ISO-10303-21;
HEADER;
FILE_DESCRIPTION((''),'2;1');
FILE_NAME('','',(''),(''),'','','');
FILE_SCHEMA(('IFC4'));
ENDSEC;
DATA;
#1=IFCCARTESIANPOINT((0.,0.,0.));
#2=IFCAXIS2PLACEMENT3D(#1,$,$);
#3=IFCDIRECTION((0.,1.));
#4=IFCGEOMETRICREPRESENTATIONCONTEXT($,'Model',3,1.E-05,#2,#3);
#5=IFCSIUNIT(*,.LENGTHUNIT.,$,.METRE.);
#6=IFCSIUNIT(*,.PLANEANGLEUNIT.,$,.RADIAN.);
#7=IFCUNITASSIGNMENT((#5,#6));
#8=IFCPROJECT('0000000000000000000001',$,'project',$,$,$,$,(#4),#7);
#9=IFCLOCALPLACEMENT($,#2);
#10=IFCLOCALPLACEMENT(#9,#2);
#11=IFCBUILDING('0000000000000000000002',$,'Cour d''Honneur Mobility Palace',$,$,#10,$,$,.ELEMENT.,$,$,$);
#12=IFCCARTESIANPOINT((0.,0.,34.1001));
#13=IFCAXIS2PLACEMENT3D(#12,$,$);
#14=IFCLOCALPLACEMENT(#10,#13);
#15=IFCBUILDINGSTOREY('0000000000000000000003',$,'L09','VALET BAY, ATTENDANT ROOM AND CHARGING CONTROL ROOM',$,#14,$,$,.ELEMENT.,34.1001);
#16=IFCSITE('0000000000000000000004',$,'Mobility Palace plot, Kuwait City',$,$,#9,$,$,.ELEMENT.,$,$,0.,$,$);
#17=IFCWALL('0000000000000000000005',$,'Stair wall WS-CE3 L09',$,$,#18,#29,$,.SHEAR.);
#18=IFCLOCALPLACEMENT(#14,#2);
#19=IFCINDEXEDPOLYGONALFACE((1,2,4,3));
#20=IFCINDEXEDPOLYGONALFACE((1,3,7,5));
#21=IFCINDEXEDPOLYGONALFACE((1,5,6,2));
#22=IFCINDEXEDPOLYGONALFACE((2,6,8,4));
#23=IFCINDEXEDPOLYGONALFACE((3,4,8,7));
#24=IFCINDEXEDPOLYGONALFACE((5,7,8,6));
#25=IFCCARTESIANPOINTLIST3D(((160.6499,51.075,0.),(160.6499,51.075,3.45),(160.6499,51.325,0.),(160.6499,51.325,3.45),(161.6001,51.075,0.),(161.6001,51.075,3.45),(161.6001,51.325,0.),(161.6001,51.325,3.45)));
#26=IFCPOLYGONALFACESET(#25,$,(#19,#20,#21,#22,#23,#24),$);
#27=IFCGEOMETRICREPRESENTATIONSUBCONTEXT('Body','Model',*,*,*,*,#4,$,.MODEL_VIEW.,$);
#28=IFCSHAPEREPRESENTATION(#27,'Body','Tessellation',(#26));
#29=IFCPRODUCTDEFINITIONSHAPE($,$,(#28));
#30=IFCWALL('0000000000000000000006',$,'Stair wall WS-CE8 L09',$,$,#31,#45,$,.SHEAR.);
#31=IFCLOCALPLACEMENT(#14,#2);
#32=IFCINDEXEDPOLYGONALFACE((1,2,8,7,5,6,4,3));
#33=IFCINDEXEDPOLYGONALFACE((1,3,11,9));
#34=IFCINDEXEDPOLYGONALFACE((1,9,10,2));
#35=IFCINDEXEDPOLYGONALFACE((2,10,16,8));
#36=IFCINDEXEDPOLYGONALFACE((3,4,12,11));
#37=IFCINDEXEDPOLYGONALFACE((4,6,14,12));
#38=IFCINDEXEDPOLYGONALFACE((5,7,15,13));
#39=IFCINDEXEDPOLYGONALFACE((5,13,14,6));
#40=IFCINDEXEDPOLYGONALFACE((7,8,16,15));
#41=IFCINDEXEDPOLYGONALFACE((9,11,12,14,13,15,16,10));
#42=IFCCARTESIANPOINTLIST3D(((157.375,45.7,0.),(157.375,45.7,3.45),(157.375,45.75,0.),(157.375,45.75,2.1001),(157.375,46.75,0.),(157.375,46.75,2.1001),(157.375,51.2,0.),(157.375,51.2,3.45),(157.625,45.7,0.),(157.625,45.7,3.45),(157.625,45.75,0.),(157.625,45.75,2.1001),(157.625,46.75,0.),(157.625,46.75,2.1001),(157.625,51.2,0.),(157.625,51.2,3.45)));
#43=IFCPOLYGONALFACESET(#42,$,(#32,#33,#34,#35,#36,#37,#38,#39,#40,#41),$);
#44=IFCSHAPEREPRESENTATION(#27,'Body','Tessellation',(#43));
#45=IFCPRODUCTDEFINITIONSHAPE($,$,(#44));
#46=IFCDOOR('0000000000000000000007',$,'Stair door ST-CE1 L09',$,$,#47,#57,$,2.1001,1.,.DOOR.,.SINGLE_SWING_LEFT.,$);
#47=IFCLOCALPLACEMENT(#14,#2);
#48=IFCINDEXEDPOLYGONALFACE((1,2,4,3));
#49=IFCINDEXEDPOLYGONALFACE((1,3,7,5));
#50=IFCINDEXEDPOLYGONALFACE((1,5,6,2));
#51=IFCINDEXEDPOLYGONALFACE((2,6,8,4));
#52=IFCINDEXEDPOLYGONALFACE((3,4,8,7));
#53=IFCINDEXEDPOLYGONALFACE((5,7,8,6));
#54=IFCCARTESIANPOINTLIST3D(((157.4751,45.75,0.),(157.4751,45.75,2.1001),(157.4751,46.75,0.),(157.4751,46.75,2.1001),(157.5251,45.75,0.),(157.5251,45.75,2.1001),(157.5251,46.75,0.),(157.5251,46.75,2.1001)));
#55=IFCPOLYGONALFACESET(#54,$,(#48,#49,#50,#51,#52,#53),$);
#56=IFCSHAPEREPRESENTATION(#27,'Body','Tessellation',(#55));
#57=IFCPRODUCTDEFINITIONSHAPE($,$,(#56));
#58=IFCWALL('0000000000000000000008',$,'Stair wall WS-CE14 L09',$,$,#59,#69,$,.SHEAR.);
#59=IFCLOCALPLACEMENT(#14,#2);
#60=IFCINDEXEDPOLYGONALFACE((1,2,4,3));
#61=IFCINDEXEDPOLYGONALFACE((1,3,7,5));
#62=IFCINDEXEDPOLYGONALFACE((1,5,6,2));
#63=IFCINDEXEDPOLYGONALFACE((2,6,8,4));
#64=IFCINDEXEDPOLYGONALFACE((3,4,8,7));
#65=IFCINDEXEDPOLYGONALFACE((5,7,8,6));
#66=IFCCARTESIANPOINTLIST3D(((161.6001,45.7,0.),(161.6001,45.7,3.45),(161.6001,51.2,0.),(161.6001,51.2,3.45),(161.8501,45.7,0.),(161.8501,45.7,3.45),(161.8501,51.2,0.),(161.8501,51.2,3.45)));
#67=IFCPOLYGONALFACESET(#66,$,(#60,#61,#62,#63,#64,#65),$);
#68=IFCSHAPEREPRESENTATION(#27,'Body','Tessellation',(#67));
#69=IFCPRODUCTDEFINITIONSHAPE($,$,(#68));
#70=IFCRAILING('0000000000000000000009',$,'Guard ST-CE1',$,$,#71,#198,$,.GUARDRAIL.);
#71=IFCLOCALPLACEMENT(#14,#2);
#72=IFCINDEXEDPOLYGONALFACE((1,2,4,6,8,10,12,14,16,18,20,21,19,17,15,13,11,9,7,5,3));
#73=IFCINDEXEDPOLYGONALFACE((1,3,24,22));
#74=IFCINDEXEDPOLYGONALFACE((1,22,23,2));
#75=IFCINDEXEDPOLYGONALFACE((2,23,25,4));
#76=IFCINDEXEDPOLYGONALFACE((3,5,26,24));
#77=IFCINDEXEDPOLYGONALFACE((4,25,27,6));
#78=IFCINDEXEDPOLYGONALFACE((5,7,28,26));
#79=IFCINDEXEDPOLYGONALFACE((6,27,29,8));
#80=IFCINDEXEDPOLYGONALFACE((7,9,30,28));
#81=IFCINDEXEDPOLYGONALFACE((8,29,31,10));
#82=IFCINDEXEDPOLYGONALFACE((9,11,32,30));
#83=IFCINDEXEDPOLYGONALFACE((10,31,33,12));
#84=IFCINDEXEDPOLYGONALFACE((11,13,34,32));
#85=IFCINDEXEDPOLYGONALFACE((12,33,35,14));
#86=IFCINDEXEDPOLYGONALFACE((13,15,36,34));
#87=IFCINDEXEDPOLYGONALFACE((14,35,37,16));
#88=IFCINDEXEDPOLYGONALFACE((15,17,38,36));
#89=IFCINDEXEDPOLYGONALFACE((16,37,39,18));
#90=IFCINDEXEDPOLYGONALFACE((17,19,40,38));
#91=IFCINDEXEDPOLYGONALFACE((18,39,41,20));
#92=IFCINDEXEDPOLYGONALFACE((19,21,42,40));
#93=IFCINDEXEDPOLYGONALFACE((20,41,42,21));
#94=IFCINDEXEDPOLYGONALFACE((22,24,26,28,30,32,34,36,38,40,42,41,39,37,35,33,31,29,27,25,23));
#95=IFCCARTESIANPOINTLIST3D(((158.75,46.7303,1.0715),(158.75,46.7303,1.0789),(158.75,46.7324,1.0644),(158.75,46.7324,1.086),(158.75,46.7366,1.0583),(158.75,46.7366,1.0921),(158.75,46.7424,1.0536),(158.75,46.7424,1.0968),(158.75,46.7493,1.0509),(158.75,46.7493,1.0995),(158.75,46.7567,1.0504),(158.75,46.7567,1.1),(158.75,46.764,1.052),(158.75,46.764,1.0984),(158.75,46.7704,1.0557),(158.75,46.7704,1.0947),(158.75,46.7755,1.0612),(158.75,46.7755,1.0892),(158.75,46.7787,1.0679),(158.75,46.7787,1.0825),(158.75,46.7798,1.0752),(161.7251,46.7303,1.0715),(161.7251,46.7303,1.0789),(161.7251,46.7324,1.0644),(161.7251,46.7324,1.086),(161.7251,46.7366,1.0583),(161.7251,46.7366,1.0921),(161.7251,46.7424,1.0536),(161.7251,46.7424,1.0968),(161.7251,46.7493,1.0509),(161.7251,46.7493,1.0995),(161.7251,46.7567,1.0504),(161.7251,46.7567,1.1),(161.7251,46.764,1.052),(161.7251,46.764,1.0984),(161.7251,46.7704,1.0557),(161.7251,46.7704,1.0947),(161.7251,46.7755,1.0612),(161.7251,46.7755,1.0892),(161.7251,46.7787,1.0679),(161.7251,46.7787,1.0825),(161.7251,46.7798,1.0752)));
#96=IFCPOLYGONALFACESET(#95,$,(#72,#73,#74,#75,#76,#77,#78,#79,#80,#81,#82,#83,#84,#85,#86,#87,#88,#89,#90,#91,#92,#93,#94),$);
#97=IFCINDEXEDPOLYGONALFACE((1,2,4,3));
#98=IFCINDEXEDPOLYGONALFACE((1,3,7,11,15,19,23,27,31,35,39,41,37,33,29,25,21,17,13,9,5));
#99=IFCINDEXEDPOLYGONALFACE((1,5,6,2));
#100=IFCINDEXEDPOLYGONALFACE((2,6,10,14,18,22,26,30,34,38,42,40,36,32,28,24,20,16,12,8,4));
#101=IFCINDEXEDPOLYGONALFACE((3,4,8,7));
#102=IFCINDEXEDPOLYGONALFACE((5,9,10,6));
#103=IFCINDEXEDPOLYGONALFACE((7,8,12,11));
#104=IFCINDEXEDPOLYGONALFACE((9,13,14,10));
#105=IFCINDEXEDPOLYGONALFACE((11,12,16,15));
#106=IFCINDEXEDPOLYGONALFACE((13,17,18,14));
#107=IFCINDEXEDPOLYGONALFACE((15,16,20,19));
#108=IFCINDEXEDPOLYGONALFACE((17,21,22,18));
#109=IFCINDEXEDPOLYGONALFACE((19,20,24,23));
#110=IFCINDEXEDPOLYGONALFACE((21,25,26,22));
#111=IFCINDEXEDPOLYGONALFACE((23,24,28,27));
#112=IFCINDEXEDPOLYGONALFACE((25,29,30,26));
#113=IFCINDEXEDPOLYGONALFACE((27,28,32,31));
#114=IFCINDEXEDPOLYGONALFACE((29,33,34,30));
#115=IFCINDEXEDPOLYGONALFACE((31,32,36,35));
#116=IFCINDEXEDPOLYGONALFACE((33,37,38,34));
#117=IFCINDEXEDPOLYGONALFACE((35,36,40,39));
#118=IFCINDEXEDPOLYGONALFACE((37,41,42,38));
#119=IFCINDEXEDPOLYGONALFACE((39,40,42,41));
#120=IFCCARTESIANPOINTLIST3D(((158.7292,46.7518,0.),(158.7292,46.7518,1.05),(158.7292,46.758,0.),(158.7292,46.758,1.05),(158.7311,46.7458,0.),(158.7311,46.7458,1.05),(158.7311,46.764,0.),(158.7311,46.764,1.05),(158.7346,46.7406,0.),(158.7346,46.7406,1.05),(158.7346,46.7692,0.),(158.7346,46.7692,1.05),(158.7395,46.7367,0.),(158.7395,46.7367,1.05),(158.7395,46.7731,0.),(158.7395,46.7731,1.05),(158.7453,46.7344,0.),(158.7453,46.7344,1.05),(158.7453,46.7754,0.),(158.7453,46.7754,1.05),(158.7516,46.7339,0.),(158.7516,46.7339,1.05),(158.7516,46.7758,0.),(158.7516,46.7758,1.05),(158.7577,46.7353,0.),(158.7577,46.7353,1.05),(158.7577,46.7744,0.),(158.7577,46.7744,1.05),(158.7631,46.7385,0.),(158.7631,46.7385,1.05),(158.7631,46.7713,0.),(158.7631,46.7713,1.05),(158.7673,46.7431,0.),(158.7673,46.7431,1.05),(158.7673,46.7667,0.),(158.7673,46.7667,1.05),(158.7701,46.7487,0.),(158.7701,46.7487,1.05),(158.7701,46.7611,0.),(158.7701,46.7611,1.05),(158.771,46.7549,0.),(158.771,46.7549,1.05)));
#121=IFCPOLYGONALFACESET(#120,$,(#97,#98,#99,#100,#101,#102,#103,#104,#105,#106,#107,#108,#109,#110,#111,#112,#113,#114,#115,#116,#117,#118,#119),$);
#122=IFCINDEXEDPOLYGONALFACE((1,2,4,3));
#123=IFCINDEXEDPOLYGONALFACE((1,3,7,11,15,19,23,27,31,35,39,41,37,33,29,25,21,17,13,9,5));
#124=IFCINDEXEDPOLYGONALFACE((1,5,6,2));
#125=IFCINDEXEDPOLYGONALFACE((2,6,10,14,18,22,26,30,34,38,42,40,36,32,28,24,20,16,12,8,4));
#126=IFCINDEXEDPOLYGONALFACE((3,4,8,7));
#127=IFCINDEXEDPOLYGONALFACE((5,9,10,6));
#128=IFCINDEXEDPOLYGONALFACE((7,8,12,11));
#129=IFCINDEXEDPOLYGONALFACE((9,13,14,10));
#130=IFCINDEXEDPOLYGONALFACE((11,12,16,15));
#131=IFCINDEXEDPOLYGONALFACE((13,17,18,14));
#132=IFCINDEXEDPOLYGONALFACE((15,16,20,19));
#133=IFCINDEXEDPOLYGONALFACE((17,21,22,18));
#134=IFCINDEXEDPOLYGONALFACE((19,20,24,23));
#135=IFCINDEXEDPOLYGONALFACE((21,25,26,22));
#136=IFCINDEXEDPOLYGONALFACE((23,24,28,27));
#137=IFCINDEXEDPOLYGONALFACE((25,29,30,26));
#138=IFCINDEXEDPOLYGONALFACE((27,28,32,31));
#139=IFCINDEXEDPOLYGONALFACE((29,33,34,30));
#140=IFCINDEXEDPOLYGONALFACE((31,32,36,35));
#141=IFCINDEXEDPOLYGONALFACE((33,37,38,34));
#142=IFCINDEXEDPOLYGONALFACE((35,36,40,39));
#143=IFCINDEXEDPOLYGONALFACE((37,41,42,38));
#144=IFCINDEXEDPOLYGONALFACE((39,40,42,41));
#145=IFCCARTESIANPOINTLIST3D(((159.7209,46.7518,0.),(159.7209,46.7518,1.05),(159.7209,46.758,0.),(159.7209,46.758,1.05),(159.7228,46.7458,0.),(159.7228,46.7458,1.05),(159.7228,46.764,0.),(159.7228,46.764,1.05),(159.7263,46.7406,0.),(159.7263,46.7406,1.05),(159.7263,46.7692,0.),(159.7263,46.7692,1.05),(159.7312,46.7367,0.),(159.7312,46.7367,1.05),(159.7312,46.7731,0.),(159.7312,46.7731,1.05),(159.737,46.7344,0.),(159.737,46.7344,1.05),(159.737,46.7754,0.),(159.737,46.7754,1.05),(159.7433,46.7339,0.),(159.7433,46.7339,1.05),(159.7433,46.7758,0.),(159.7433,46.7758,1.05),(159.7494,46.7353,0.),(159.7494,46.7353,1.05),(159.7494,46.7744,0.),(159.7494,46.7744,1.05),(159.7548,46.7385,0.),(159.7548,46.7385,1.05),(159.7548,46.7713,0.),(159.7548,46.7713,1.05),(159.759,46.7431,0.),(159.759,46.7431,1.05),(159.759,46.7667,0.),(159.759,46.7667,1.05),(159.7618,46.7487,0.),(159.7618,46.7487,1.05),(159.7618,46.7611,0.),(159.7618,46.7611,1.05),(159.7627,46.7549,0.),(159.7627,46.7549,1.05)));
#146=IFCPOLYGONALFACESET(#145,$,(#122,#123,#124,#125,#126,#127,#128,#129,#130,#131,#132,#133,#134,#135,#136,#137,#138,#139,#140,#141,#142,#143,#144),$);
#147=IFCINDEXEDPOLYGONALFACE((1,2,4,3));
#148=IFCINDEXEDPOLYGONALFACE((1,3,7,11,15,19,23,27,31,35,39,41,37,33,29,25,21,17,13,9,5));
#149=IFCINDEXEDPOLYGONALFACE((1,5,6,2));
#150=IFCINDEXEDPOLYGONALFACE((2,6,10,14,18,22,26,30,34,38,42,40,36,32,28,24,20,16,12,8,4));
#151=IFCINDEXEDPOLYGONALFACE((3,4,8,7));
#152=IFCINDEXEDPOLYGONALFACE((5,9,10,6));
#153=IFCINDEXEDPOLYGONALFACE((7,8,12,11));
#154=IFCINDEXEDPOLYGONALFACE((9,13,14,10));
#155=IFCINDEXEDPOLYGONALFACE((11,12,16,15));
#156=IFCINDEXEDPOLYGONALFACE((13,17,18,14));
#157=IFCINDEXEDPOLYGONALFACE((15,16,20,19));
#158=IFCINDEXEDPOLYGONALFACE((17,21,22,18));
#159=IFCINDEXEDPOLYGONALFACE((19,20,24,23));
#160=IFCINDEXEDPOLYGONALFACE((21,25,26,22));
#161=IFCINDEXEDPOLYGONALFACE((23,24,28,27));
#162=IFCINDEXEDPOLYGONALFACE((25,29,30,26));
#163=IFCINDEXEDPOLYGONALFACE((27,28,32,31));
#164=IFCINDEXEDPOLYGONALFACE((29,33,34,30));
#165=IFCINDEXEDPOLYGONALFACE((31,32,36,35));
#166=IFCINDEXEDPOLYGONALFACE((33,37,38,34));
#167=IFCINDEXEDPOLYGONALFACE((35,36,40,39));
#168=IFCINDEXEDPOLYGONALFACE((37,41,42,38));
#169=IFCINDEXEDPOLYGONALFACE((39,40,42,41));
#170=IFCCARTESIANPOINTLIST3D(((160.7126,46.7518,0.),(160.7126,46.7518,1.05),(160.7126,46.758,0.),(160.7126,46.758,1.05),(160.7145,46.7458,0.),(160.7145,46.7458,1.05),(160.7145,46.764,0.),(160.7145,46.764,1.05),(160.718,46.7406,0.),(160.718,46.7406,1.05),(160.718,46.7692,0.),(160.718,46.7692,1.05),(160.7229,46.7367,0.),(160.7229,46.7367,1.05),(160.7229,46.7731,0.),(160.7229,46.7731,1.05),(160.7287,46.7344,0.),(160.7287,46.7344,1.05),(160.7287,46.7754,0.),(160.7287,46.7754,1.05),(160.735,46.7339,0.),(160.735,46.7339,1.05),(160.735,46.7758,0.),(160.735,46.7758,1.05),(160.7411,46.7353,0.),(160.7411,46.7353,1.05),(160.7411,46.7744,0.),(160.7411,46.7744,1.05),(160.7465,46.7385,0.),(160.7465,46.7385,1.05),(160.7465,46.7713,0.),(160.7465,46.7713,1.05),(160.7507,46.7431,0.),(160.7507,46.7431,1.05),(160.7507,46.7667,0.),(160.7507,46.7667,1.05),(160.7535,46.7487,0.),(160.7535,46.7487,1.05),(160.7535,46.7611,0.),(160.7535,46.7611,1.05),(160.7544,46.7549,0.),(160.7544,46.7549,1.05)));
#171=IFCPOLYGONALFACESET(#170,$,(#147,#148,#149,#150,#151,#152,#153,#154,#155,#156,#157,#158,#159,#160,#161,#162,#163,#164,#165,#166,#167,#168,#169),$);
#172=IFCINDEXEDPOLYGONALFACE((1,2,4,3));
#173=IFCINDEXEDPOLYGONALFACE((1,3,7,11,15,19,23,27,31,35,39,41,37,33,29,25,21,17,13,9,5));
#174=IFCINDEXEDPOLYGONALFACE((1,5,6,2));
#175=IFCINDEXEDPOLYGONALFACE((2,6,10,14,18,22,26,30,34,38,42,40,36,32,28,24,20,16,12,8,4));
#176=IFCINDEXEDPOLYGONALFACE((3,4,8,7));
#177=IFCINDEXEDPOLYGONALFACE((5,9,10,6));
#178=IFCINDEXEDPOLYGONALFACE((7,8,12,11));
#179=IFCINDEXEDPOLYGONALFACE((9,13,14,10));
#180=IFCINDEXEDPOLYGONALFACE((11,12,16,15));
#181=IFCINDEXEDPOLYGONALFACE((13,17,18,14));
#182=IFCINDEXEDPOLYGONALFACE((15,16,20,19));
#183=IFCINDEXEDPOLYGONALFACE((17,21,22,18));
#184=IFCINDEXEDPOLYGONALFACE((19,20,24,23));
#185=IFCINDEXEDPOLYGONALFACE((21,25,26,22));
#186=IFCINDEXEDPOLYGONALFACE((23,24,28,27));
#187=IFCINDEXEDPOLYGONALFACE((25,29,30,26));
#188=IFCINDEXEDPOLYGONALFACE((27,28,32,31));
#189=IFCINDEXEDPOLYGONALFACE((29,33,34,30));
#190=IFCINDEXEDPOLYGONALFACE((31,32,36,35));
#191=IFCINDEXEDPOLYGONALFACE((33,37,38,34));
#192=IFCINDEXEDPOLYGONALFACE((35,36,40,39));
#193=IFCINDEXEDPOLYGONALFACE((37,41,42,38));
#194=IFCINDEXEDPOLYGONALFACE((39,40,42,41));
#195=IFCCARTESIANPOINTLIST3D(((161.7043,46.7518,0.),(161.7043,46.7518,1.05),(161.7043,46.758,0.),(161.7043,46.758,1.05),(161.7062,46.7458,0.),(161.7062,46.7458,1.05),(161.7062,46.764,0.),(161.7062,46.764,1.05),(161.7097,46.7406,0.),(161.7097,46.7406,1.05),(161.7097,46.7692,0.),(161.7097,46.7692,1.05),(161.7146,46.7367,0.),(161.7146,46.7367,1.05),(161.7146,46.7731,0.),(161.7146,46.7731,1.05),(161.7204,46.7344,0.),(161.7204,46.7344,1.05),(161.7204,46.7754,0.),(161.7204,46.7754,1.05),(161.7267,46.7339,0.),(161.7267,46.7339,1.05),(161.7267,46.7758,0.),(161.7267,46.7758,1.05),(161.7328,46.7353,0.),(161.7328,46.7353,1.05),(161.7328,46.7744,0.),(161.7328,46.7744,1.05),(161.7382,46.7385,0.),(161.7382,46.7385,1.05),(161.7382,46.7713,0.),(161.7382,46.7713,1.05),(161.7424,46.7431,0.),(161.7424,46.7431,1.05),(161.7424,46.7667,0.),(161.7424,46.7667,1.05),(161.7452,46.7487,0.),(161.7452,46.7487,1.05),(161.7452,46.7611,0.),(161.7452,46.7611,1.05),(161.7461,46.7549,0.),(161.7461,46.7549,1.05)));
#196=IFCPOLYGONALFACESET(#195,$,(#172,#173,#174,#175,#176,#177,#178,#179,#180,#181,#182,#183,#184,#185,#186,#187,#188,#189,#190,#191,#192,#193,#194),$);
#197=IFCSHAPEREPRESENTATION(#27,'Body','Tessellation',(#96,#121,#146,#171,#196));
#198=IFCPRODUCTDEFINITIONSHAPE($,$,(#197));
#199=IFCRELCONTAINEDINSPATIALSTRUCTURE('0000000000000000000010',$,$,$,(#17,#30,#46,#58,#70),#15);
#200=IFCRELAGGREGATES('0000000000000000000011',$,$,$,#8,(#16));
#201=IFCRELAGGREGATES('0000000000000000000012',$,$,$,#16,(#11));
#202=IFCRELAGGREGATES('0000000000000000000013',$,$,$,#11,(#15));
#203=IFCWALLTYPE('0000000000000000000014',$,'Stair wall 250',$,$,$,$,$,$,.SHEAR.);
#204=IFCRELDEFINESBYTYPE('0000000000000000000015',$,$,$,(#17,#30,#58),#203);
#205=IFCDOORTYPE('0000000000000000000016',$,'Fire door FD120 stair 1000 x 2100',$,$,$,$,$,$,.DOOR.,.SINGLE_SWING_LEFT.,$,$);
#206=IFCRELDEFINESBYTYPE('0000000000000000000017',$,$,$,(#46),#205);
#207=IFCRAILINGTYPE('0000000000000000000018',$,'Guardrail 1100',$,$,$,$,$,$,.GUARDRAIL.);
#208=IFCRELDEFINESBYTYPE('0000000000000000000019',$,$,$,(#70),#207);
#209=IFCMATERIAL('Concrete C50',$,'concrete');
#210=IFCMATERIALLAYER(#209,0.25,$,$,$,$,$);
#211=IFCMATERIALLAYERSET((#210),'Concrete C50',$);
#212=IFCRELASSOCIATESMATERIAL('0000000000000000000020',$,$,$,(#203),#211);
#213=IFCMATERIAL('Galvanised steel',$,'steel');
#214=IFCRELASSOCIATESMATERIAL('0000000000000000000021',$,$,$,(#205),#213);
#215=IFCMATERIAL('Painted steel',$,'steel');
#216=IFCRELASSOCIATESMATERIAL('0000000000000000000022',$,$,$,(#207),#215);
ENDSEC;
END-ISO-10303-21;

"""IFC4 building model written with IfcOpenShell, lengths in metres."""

from ifc_helpers import new_model, si_unit, direction, frame, frame_2d, origin, origin_2d, place, context, subcontext, project, spatial, rectangle, circle, extrude, material, layer, layer_set, type_object, element, fill, save


model = new_model("IFC4")

# Units and contexts
model_context = context("Model", 3, precision=1e-05, world=origin(), true_north=direction((0.0, 1.0)))
body_context = subcontext(model_context, "Body", "Model", "MODEL_VIEW")
ifc_project = project(units=[si_unit("LENGTHUNIT", "METRE"), si_unit("PLANEANGLEUNIT", "RADIAN")], contexts=[model_context])

# Site, building, storey
site_placement = place(None, origin())
site = spatial("IfcSite", under=ifc_project, at=site_placement, Name="Mobility Palace plot, Kuwait City", CompositionType="ELEMENT", RefElevation=0.0)
building_placement = place(site_placement, origin())
building = spatial("IfcBuilding", under=site, at=building_placement, Name="Cour d'Honneur Mobility Palace", CompositionType="ELEMENT")
storey_placement = place(building_placement, frame((0.0, 0.0, 34.1001)))
storey = spatial("IfcBuildingStorey", under=building, at=storey_placement, Name="L09", Description="VALET BAY, ATTENDANT ROOM AND CHARGING CONTROL ROOM", CompositionType="ELEMENT", Elevation=34.1001)

# Wall
ifc_material_1 = material(Name="Concrete C50", Category="concrete")
ifc_layer_1 = layer(ifc_material_1, 0.25)
ifc_layer_set_1 = layer_set([ifc_layer_1], Name="Concrete C50")
wall_type_1 = type_object("IfcWallType", Name="Stair wall 250", PredefinedType="SHEAR", material=ifc_layer_set_1)
wall_1_placement = place(storey_placement, frame((160.6499, 51.2, 0.0), z_axis=(0.0, 0.0, 1.0), x_axis=(1.0, 0.0, 0.0)))
element("IfcWall", 1, at=wall_1_placement, inside=storey, type_object=wall_type_1, Name="Stair wall WS-CE3 L09", PredefinedType="SHEAR", context=body_context, shape_type="SweptSolid", body=[
    extrude(rectangle(XDim=0.9502, YDim=0.25, at=frame_2d((0.4751, 0.0))), origin(), (0.0, 0.0, 1.0), 3.45),
])

# Wall, opening, door
wall_2_placement = place(storey_placement, frame((157.5, 45.7, 0.0), z_axis=(0.0, 0.0, 1.0), x_axis=(0.0, 1.0, 0.0)))
wall_2 = element("IfcWall", 2, at=wall_2_placement, inside=storey, type_object=wall_type_1, Name="Stair wall WS-CE8 L09", PredefinedType="SHEAR", context=body_context, shape_type="SweptSolid", body=[
    extrude(rectangle(XDim=5.5, YDim=0.25, at=frame_2d((2.75, 0.0))), origin(), (0.0, 0.0, 1.0), 3.45),
])
opening_1_placement = place(wall_2_placement, frame((0.05, 0.0, 0.0)))
opening_1 = element("IfcOpeningElement", 3, at=opening_1_placement, cuts=wall_2, PredefinedType="OPENING", context=body_context, shape_type="SweptSolid", body=[
    extrude(rectangle(XDim=1.0, YDim=2.1001, at=frame_2d((0.5, 1.05))), frame((0.0, 0.135, 0.0), z_axis=(0.0, -1.0, 0.0), x_axis=(1.0, 0.0, 0.0)), (0.0, 0.0, 1.0), 0.27),
])
ifc_material_2 = material(Name="Galvanised steel", Category="steel")
door_type_1 = type_object("IfcDoorType", Name="Fire door FD120 stair 1000 x 2100", OperationType="SINGLE_SWING_LEFT", PredefinedType="DOOR", material=ifc_material_2)
door_1_placement = place(opening_1_placement, origin())
door_1 = element("IfcDoor", 4, at=door_1_placement, inside=storey, type_object=door_type_1, Name="Stair door ST-CE1 L09", OperationType="SINGLE_SWING_LEFT", OverallHeight=2.1001, OverallWidth=1.0, PredefinedType="DOOR", context=body_context, shape_type="SweptSolid", body=[
    extrude(rectangle(XDim=1.0, YDim=2.1001, at=frame_2d((0.5, 1.05))), frame((0.0, 0.0249, 0.0), z_axis=(0.0, -1.0, 0.0), x_axis=(1.0, 0.0, 0.0)), (0.0, 0.0, 1.0), 0.05),
])
fill(opening_1, door_1)

# Wall
wall_3_placement = place(storey_placement, frame((161.7251, 45.7, 0.0), z_axis=(0.0, 0.0, 1.0), x_axis=(0.0, 1.0, 0.0)))
element("IfcWall", 5, at=wall_3_placement, inside=storey, type_object=wall_type_1, Name="Stair wall WS-CE14 L09", PredefinedType="SHEAR", context=body_context, shape_type="SweptSolid", body=[
    extrude(rectangle(XDim=5.5, YDim=0.25, at=frame_2d((2.75, 0.0))), origin(), (0.0, 0.0, 1.0), 3.45),
])

# Railing
ifc_material_3 = material(Name="Painted steel", Category="steel")
railing_type = type_object("IfcRailingType", Name="Guardrail 1100", PredefinedType="GUARDRAIL", material=ifc_material_3)
railing_placement = place(storey_placement, frame((158.75, 46.7549, 0.0)))
element("IfcRailing", 6, at=railing_placement, inside=storey, type_object=railing_type, Name="Guard ST-CE1", PredefinedType="GUARDRAIL", context=body_context, shape_type="SweptSolid", body=[
    extrude(circle(Radius=0.0249, at=origin_2d()), frame((0.0, 0.0, 1.0752), z_axis=(1.0, 0.0, 0.0), x_axis=(0.0, 1.0, 0.0)), (0.0, 0.0, 1.0), 2.9751),
    extrude(circle(Radius=0.021, at=origin_2d()), origin(), (0.0, 0.0, 1.0), 1.05),
    extrude(circle(Radius=0.021, at=origin_2d()), frame((0.9917, 0.0, 0.0)), (0.0, 0.0, 1.0), 1.05),
    extrude(circle(Radius=0.021, at=origin_2d()), frame((1.9834, 0.0, 0.0)), (0.0, 0.0, 1.0), 1.05),
    extrude(circle(Radius=0.021, at=origin_2d()), frame((2.9751, 0.0, 0.0)), (0.0, 0.0, 1.0), 1.05),
])

save(model, "model.ifc")
